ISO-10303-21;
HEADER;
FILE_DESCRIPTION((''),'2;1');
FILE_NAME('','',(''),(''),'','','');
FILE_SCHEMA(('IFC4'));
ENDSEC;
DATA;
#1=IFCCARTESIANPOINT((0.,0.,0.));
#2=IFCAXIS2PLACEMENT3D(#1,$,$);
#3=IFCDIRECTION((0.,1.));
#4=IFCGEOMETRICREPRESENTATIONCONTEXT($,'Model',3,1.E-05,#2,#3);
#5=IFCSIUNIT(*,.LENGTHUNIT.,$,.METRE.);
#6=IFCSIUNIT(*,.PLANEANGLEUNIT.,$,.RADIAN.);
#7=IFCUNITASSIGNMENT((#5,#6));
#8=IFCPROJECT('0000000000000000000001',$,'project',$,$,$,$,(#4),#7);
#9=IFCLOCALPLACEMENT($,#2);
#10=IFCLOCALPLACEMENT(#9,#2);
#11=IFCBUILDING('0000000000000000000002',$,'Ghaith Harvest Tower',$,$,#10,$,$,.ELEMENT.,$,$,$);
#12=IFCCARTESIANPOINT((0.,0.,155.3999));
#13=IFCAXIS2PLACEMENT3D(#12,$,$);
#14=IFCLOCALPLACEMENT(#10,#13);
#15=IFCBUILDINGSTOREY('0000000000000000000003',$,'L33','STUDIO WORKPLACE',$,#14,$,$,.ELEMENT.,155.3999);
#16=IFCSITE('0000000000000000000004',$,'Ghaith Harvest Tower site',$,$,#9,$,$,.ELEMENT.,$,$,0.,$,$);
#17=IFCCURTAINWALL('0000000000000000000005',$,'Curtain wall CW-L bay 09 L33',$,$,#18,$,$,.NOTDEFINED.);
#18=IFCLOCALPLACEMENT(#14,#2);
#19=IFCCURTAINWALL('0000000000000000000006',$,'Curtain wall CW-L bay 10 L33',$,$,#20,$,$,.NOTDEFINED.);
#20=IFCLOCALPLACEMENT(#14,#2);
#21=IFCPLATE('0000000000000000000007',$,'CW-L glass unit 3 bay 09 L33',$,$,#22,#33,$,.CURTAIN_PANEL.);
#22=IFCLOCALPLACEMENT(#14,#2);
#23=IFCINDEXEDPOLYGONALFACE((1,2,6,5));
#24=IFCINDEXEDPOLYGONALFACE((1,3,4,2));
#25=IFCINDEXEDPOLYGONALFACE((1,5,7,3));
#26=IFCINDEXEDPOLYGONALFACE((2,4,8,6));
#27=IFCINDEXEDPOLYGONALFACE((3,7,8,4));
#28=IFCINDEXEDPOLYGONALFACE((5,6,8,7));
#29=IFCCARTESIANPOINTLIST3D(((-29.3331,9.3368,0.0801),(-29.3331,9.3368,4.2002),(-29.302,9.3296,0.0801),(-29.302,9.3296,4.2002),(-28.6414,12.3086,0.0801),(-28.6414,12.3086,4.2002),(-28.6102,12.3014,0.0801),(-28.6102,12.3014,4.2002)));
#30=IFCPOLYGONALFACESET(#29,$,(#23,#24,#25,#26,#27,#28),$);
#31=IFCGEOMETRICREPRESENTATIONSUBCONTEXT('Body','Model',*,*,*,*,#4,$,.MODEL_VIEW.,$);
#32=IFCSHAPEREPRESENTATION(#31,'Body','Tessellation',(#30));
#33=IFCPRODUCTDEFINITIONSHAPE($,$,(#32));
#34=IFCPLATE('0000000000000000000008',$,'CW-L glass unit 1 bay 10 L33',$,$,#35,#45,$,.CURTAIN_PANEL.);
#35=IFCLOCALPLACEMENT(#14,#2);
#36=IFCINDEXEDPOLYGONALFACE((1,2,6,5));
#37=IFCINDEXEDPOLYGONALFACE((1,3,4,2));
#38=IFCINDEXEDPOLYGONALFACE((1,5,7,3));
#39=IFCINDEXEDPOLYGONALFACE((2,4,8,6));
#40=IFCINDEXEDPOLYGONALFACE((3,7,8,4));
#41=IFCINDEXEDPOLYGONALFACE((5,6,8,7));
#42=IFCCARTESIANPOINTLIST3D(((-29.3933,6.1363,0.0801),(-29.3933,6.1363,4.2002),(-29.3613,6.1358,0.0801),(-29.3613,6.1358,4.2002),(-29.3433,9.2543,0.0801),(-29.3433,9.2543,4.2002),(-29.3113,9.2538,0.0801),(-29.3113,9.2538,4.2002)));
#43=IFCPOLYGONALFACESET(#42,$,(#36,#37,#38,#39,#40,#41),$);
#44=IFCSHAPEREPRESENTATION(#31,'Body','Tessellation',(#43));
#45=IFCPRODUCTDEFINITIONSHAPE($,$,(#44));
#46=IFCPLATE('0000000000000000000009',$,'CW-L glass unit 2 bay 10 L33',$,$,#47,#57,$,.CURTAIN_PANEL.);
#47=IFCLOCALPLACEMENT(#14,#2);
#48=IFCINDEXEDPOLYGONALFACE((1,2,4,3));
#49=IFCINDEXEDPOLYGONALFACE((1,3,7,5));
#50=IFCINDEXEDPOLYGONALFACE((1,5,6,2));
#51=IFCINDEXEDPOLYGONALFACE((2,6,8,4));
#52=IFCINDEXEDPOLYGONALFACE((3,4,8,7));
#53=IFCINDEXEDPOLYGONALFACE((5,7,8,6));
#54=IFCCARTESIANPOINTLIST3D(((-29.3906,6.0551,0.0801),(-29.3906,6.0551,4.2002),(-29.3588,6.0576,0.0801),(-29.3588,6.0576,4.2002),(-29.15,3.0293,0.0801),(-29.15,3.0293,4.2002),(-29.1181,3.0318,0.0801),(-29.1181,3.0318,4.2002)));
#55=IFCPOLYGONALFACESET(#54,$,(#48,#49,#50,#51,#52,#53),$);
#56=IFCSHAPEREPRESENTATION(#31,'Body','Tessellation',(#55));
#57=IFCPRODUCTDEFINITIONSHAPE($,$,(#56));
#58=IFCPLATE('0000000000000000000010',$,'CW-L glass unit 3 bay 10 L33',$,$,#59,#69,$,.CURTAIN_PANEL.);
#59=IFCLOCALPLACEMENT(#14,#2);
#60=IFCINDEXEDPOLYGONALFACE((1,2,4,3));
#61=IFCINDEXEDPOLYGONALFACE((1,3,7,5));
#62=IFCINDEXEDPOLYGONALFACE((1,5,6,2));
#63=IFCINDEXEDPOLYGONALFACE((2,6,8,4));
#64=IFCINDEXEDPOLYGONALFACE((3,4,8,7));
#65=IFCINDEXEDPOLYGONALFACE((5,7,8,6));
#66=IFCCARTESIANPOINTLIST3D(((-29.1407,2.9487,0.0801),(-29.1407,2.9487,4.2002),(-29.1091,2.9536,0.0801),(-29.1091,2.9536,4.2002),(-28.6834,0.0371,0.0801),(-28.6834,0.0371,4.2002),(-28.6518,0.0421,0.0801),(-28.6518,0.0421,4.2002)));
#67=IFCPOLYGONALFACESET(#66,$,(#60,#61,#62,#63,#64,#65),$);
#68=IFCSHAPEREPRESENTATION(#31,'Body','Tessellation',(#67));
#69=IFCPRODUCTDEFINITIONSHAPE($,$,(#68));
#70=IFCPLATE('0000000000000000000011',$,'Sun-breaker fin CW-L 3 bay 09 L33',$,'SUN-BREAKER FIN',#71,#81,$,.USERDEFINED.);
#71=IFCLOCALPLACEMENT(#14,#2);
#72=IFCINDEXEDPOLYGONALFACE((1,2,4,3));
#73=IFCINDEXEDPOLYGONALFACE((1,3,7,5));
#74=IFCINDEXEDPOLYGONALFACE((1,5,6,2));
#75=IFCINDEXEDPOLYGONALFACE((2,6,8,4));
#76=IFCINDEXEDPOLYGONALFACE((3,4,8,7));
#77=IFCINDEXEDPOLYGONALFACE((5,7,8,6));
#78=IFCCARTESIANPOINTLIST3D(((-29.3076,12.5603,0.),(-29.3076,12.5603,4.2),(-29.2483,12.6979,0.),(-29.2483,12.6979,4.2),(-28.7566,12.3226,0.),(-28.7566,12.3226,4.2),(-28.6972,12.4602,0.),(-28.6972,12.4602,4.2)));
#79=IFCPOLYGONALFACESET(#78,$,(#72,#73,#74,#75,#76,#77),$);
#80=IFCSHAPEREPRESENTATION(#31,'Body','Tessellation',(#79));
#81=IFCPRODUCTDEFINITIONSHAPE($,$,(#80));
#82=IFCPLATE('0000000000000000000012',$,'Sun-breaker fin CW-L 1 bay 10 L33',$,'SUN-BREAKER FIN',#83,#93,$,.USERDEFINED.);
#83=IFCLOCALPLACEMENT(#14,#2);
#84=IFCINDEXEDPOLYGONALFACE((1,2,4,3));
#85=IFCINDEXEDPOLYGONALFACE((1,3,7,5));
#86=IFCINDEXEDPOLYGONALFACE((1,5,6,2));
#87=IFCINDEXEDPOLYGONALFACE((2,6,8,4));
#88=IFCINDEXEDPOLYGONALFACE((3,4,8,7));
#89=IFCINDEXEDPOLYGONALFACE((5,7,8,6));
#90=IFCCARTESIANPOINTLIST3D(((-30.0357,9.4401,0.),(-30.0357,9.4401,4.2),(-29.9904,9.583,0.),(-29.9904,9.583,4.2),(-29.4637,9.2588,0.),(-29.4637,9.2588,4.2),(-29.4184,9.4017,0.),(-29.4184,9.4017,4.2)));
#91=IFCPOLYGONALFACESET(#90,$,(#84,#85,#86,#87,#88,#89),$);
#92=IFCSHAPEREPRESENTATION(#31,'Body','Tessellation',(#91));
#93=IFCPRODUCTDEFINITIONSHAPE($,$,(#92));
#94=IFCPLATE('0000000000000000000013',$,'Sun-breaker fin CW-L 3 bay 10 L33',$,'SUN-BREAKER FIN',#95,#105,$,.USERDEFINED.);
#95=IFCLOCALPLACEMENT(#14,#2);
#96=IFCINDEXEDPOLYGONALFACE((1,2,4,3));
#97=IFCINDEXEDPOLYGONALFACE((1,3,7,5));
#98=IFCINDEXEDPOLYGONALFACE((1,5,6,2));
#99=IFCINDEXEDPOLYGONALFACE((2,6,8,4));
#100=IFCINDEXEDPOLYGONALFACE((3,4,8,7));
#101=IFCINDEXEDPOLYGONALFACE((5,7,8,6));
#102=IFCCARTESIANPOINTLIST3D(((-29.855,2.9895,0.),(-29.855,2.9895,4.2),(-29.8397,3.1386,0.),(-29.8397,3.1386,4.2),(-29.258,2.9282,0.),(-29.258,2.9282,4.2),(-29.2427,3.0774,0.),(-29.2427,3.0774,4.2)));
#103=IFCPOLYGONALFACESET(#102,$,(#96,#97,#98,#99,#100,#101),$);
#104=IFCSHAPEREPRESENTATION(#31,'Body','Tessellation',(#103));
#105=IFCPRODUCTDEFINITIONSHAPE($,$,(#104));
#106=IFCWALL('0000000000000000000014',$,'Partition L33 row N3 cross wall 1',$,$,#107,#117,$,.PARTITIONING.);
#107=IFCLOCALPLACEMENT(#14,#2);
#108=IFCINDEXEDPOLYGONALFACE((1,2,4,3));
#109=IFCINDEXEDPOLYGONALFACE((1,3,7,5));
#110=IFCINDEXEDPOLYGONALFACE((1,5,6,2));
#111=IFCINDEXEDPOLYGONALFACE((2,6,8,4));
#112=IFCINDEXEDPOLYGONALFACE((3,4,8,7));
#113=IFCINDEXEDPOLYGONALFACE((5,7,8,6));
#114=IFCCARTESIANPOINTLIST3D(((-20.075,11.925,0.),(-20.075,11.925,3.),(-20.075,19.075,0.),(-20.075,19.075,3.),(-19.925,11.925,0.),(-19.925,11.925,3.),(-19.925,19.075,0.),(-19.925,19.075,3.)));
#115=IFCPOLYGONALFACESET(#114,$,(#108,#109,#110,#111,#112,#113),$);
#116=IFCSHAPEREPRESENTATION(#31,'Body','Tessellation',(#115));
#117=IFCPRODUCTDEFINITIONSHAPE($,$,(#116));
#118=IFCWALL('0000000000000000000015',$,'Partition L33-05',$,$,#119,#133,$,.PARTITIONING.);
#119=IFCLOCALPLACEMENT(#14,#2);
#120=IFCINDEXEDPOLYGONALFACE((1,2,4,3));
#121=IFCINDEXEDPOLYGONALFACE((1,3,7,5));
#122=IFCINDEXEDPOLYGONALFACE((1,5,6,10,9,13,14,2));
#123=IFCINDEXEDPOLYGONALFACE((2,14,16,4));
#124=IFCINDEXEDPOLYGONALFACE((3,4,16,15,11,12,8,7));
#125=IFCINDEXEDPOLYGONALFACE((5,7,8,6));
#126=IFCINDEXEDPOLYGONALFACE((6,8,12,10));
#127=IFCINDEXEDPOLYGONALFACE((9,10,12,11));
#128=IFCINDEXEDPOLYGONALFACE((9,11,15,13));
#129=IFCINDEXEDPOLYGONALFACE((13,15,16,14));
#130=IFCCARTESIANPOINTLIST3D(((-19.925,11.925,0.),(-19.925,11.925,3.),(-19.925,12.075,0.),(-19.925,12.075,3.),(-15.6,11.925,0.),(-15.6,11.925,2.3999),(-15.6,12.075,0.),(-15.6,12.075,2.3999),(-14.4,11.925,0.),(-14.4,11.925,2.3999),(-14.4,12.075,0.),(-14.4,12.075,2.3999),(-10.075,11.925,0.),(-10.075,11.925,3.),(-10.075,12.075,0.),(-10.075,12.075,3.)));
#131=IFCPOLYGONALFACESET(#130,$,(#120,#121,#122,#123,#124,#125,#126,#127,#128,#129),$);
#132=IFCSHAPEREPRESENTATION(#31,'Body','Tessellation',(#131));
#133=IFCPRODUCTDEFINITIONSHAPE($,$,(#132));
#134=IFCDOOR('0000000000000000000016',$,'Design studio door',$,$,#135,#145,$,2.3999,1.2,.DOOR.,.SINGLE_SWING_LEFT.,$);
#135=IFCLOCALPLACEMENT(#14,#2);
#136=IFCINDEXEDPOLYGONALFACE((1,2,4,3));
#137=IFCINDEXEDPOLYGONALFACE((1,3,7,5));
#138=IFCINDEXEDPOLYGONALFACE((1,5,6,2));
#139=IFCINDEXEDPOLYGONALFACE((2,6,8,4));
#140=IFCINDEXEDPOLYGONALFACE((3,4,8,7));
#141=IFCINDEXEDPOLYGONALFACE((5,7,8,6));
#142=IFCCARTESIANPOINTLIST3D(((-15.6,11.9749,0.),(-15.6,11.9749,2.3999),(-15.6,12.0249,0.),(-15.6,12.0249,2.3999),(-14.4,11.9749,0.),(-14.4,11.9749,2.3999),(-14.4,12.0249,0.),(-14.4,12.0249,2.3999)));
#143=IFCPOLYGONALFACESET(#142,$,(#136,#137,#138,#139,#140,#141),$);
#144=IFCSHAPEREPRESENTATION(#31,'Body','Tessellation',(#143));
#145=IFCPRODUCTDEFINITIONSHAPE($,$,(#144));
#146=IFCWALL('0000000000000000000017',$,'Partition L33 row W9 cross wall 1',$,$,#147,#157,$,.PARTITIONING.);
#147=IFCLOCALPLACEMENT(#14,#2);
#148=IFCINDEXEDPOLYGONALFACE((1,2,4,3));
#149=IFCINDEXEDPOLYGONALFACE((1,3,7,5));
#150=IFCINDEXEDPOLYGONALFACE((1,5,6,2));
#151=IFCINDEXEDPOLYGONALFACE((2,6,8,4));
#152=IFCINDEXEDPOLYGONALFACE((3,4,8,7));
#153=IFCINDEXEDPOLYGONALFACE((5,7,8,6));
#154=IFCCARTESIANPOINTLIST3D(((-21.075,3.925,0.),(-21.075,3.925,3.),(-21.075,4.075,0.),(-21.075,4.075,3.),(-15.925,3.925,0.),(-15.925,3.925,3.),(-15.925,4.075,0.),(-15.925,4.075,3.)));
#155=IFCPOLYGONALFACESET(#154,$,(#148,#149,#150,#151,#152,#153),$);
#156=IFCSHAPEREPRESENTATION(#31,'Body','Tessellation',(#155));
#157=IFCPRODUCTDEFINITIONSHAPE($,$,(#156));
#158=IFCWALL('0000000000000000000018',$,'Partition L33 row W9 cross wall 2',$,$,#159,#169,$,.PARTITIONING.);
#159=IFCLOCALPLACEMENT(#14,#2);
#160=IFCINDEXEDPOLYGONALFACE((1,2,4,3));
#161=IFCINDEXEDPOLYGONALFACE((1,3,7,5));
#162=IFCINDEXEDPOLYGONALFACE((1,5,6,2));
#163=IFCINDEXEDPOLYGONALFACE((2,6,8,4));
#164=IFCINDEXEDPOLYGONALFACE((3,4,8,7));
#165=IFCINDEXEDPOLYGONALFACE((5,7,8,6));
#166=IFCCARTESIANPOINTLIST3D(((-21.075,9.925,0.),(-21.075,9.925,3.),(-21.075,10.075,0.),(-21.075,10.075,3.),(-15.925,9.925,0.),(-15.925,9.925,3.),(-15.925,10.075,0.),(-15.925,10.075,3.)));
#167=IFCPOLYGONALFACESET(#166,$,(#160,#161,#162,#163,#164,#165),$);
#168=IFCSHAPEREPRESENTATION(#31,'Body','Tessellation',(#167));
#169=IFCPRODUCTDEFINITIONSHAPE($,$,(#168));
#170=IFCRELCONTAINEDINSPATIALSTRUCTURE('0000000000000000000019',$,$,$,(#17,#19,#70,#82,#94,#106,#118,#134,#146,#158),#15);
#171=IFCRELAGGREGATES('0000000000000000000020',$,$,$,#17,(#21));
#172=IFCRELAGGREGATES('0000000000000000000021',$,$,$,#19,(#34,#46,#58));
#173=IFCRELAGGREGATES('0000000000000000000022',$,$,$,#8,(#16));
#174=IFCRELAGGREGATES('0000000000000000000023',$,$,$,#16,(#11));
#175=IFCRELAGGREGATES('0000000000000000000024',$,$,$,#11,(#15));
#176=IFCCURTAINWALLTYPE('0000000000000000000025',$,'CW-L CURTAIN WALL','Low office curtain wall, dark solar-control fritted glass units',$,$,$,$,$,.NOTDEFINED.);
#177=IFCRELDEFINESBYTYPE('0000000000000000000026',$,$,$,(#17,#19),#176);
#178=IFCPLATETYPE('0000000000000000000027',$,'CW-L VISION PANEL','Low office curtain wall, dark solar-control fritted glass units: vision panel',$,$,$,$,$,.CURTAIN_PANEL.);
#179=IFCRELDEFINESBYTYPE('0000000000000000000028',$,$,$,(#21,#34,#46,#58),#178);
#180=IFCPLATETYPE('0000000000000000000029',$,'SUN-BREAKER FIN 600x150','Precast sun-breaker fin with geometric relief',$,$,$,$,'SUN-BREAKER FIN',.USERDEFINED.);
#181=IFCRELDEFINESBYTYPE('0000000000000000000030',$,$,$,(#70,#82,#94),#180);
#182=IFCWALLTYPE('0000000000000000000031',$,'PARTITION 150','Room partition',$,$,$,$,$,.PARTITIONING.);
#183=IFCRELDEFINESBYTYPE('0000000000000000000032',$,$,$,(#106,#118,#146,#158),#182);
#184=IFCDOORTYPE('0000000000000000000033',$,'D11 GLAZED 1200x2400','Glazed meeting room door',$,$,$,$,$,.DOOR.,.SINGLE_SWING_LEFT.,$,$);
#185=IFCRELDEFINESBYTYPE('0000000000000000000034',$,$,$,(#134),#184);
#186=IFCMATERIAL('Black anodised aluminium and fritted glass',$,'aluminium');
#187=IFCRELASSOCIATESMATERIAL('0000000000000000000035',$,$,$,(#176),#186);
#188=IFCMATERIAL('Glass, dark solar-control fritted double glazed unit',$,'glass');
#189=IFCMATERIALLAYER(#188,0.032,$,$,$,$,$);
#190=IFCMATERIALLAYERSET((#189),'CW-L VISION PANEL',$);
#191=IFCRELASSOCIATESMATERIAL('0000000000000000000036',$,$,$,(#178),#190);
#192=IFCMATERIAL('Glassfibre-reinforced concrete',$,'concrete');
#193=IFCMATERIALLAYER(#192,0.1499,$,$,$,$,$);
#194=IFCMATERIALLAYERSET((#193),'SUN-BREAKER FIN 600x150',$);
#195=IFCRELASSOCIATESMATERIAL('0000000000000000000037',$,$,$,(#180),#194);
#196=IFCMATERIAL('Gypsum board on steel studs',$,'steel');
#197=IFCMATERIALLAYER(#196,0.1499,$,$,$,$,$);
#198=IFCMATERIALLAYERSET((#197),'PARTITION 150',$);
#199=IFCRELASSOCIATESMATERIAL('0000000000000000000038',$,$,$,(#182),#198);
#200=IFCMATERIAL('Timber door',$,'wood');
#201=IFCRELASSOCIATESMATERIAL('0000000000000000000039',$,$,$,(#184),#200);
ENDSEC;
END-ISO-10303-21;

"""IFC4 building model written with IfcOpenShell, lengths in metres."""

from ifc_helpers import new_model, si_unit, direction, frame, frame_2d, origin, origin_2d, place, context, subcontext, project, spatial, rectangle, extrude, material, layer, layer_set, type_object, element, fill, aggregate, save


model = new_model("IFC4")

# Units and contexts
model_context = context("Model", 3, precision=1e-05, world=origin(), true_north=direction((0.0, 1.0)))
body_context = subcontext(model_context, "Body", "Model", "MODEL_VIEW")
ifc_project = project(units=[si_unit("LENGTHUNIT", "METRE"), si_unit("PLANEANGLEUNIT", "RADIAN")], contexts=[model_context])

# Site, building, storey
site_placement = place(None, origin())
site = spatial("IfcSite", under=ifc_project, at=site_placement, Name="Ghaith Harvest Tower site", CompositionType="ELEMENT", RefElevation=0.0)
building_placement = place(site_placement, origin())
building = spatial("IfcBuilding", under=site, at=building_placement, Name="Ghaith Harvest Tower", CompositionType="ELEMENT")
storey_placement = place(building_placement, frame((0.0, 0.0, 155.3999)))
storey = spatial("IfcBuildingStorey", under=building, at=storey_placement, Name="L33", Description="STUDIO WORKPLACE", CompositionType="ELEMENT", Elevation=155.3999)

# Curtain wall
ifc_material_1 = material(Name="Black anodised aluminium and fritted glass", Category="aluminium")
curtain_wall_type = type_object("IfcCurtainWallType", Name="CW-L CURTAIN WALL", Description="Low office curtain wall, dark solar-control fritted glass units", PredefinedType="NOTDEFINED", material=ifc_material_1)
curtain_wall_1_placement = place(storey_placement, origin())
curtain_wall_1 = element("IfcCurtainWall", 1, at=curtain_wall_1_placement, inside=storey, type_object=curtain_wall_type, Name="Curtain wall CW-L bay 09 L33", PredefinedType="NOTDEFINED")

# Curtain wall
curtain_wall_2_placement = place(storey_placement, origin())
curtain_wall_2 = element("IfcCurtainWall", 2, at=curtain_wall_2_placement, inside=storey, type_object=curtain_wall_type, Name="Curtain wall CW-L bay 10 L33", PredefinedType="NOTDEFINED")

# Plates
ifc_material_2 = material(Name="Glass, dark solar-control fritted double glazed unit", Category="glass")
ifc_layer_1 = layer(ifc_material_2, 0.032)
ifc_layer_set_1 = layer_set([ifc_layer_1], Name="CW-L VISION PANEL")
plate_type_1 = type_object("IfcPlateType", Name="CW-L VISION PANEL", Description="Low office curtain wall, dark solar-control fritted glass units: vision panel", PredefinedType="CURTAIN_PANEL", material=ifc_layer_set_1)
plate_1_placement = place(storey_placement, frame((-28.9717, 10.8191, 0.0801), z_axis=(0.0, 0.0, 1.0), x_axis=(-0.226699, -0.973965, 0.0)))
plate_1 = element("IfcPlate", 3, at=plate_1_placement, type_object=plate_type_1, Name="CW-L glass unit 3 bay 09 L33", PredefinedType="CURTAIN_PANEL", context=body_context, shape_type="SweptSolid", body=[
    extrude(rectangle(XDim=3.0513, YDim=0.032, at=origin_2d()), origin(), (0.0, 0.0, 1.0), 4.1201),
])
aggregate(curtain_wall_1, [plate_1])
plate_2_placement = place(storey_placement, frame((-29.3523, 7.6951, 0.0801), z_axis=(0.0, 0.0, 1.0), x_axis=(-0.016034, -0.999871, 0.0)))
plate_2 = element("IfcPlate", 4, at=plate_2_placement, type_object=plate_type_1, Name="CW-L glass unit 1 bay 10 L33", PredefinedType="CURTAIN_PANEL", context=body_context, shape_type="SweptSolid", body=[
    extrude(rectangle(XDim=3.1184, YDim=0.032, at=origin_2d()), origin(), (0.0, 0.0, 1.0), 4.1201),
])
plate_3_placement = place(storey_placement, frame((-29.2544, 4.5435, 0.0801), z_axis=(0.0, 0.0, 1.0), x_axis=(0.079273, -0.996853, 0.0)))
plate_3 = element("IfcPlate", 5, at=plate_3_placement, type_object=plate_type_1, Name="CW-L glass unit 2 bay 10 L33", PredefinedType="CURTAIN_PANEL", context=body_context, shape_type="SweptSolid", body=[
    extrude(rectangle(XDim=3.0354, YDim=0.032, at=origin_2d()), origin(), (0.0, 0.0, 1.0), 4.1201),
])
plate_4_placement = place(storey_placement, frame((-28.8962, 1.4954, 0.0801), z_axis=(0.0, 0.0, 1.0), x_axis=(0.155172, -0.987887, 0.0)))
plate_4 = element("IfcPlate", 6, at=plate_4_placement, type_object=plate_type_1, Name="CW-L glass unit 3 bay 10 L33", PredefinedType="CURTAIN_PANEL", context=body_context, shape_type="SweptSolid", body=[
    extrude(rectangle(XDim=2.9473, YDim=0.032, at=origin_2d()), origin(), (0.0, 0.0, 1.0), 4.1201),
])
aggregate(curtain_wall_2, [plate_2, plate_3, plate_4])

# Plates
ifc_material_3 = material(Name="Glassfibre-reinforced concrete", Category="concrete")
ifc_layer_2 = layer(ifc_material_3, 0.1499)
ifc_layer_set_2 = layer_set([ifc_layer_2], Name="SUN-BREAKER FIN 600x150")
plate_type_2 = type_object("IfcPlateType", Name="SUN-BREAKER FIN 600x150", Description="Precast sun-breaker fin with geometric relief", ElementType="SUN-BREAKER FIN", PredefinedType="USERDEFINED", material=ifc_layer_set_2)
for number, where, z_axis, x_axis, name in (
    (7, (-29.0024, 12.5103, 0.0), (0.0, 0.0, 1.0), (-0.918218, 0.396075, 0.0), "Sun-breaker fin CW-L 3 bay 09 L33"),
    (8, (-29.7271, 9.4209, 0.0), (0.0, 0.0, 1.0), (-0.953273, 0.30211, 0.0), "Sun-breaker fin CW-L 1 bay 10 L33"),
    (9, (-29.5488, 3.0334, 0.0), (0.0, 0.0, 1.0), (-0.994772, 0.102123, 0.0), "Sun-breaker fin CW-L 3 bay 10 L33"),
):
    element("IfcPlate", number, at=place(storey_placement, frame(where, z_axis=z_axis, x_axis=x_axis)), inside=storey, type_object=plate_type_2, Name=name, ObjectType="SUN-BREAKER FIN", PredefinedType="USERDEFINED", context=body_context, shape_type="SweptSolid", body=[
        extrude(rectangle(XDim=0.6001, YDim=0.1499, at=origin_2d()), origin(), (0.0, 0.0, 1.0), 4.2),
    ])

# Wall
ifc_material_4 = material(Name="Gypsum board on steel studs", Category="steel")
ifc_layer_3 = layer(ifc_material_4, 0.1499)
ifc_layer_set_3 = layer_set([ifc_layer_3], Name="PARTITION 150")
wall_type = type_object("IfcWallType", Name="PARTITION 150", Description="Room partition", PredefinedType="PARTITIONING", material=ifc_layer_set_3)
wall_1_placement = place(storey_placement, frame((-20.0, 11.925, 0.0), z_axis=(0.0, 0.0, 1.0), x_axis=(0.0, 1.0, 0.0)))
element("IfcWall", 10, at=wall_1_placement, inside=storey, type_object=wall_type, Name="Partition L33 row N3 cross wall 1", PredefinedType="PARTITIONING", context=body_context, shape_type="SweptSolid", body=[
    extrude(rectangle(XDim=7.1499, YDim=0.1499, at=frame_2d((3.575, 0.0))), origin(), (0.0, 0.0, 1.0), 3.0),
])

# Wall, opening, door
wall_2_placement = place(storey_placement, frame((-19.925, 12.0, 0.0), z_axis=(0.0, 0.0, 1.0), x_axis=(1.0, 0.0, 0.0)))
wall_2 = element("IfcWall", 11, at=wall_2_placement, inside=storey, type_object=wall_type, Name="Partition L33-05", PredefinedType="PARTITIONING", context=body_context, shape_type="SweptSolid", body=[
    extrude(rectangle(XDim=9.8501, YDim=0.1499, at=frame_2d((4.925, 0.0))), origin(), (0.0, 0.0, 1.0), 3.0),
])
opening_1_placement = place(wall_2_placement, frame((4.325, 0.0, 0.0)))
opening_1 = element("IfcOpeningElement", 12, at=opening_1_placement, cuts=wall_2, PredefinedType="OPENING", context=body_context, shape_type="SweptSolid", body=[
    extrude(rectangle(XDim=1.2, YDim=2.3999, at=frame_2d((0.6001, 1.2))), frame((0.0, 0.085, 0.0), z_axis=(0.0, -1.0, 0.0), x_axis=(1.0, 0.0, 0.0)), (0.0, 0.0, 1.0), 0.1699),
])
ifc_material_5 = material(Name="Timber door", Category="wood")
door_type_1 = type_object("IfcDoorType", Name="D11 GLAZED 1200x2400", Description="Glazed meeting room door", OperationType="SINGLE_SWING_LEFT", PredefinedType="DOOR", material=ifc_material_5)
door_1_placement = place(opening_1_placement, origin())
door_1 = element("IfcDoor", 13, at=door_1_placement, inside=storey, type_object=door_type_1, Name="Design studio door", OperationType="SINGLE_SWING_LEFT", OverallHeight=2.3999, OverallWidth=1.2, PredefinedType="DOOR", context=body_context, shape_type="SweptSolid", body=[
    extrude(rectangle(XDim=1.2, YDim=2.3999, at=frame_2d((0.6001, 1.2))), frame((0.0, 0.0249, 0.0), z_axis=(0.0, -1.0, 0.0), x_axis=(1.0, 0.0, 0.0)), (0.0, 0.0, 1.0), 0.05),
])
fill(opening_1, door_1)

# Walls
for number, where, z_axis, x_axis, name in (
    (14, (-15.925, 4.0, 0.0), (0.0, 0.0, 1.0), (-1.0, 0.0, 0.0), "Partition L33 row W9 cross wall 1"),
    (15, (-15.925, 10.0, 0.0), (0.0, 0.0, 1.0), (-1.0, 0.0, 0.0), "Partition L33 row W9 cross wall 2"),
):
    element("IfcWall", number, at=place(storey_placement, frame(where, z_axis=z_axis, x_axis=x_axis)), inside=storey, type_object=wall_type, Name=name, PredefinedType="PARTITIONING", context=body_context, shape_type="SweptSolid", body=[
        extrude(rectangle(XDim=5.1499, YDim=0.1499, at=frame_2d((2.575, 0.0))), origin(), (0.0, 0.0, 1.0), 3.0),
    ])

save(model, "model.ifc")
